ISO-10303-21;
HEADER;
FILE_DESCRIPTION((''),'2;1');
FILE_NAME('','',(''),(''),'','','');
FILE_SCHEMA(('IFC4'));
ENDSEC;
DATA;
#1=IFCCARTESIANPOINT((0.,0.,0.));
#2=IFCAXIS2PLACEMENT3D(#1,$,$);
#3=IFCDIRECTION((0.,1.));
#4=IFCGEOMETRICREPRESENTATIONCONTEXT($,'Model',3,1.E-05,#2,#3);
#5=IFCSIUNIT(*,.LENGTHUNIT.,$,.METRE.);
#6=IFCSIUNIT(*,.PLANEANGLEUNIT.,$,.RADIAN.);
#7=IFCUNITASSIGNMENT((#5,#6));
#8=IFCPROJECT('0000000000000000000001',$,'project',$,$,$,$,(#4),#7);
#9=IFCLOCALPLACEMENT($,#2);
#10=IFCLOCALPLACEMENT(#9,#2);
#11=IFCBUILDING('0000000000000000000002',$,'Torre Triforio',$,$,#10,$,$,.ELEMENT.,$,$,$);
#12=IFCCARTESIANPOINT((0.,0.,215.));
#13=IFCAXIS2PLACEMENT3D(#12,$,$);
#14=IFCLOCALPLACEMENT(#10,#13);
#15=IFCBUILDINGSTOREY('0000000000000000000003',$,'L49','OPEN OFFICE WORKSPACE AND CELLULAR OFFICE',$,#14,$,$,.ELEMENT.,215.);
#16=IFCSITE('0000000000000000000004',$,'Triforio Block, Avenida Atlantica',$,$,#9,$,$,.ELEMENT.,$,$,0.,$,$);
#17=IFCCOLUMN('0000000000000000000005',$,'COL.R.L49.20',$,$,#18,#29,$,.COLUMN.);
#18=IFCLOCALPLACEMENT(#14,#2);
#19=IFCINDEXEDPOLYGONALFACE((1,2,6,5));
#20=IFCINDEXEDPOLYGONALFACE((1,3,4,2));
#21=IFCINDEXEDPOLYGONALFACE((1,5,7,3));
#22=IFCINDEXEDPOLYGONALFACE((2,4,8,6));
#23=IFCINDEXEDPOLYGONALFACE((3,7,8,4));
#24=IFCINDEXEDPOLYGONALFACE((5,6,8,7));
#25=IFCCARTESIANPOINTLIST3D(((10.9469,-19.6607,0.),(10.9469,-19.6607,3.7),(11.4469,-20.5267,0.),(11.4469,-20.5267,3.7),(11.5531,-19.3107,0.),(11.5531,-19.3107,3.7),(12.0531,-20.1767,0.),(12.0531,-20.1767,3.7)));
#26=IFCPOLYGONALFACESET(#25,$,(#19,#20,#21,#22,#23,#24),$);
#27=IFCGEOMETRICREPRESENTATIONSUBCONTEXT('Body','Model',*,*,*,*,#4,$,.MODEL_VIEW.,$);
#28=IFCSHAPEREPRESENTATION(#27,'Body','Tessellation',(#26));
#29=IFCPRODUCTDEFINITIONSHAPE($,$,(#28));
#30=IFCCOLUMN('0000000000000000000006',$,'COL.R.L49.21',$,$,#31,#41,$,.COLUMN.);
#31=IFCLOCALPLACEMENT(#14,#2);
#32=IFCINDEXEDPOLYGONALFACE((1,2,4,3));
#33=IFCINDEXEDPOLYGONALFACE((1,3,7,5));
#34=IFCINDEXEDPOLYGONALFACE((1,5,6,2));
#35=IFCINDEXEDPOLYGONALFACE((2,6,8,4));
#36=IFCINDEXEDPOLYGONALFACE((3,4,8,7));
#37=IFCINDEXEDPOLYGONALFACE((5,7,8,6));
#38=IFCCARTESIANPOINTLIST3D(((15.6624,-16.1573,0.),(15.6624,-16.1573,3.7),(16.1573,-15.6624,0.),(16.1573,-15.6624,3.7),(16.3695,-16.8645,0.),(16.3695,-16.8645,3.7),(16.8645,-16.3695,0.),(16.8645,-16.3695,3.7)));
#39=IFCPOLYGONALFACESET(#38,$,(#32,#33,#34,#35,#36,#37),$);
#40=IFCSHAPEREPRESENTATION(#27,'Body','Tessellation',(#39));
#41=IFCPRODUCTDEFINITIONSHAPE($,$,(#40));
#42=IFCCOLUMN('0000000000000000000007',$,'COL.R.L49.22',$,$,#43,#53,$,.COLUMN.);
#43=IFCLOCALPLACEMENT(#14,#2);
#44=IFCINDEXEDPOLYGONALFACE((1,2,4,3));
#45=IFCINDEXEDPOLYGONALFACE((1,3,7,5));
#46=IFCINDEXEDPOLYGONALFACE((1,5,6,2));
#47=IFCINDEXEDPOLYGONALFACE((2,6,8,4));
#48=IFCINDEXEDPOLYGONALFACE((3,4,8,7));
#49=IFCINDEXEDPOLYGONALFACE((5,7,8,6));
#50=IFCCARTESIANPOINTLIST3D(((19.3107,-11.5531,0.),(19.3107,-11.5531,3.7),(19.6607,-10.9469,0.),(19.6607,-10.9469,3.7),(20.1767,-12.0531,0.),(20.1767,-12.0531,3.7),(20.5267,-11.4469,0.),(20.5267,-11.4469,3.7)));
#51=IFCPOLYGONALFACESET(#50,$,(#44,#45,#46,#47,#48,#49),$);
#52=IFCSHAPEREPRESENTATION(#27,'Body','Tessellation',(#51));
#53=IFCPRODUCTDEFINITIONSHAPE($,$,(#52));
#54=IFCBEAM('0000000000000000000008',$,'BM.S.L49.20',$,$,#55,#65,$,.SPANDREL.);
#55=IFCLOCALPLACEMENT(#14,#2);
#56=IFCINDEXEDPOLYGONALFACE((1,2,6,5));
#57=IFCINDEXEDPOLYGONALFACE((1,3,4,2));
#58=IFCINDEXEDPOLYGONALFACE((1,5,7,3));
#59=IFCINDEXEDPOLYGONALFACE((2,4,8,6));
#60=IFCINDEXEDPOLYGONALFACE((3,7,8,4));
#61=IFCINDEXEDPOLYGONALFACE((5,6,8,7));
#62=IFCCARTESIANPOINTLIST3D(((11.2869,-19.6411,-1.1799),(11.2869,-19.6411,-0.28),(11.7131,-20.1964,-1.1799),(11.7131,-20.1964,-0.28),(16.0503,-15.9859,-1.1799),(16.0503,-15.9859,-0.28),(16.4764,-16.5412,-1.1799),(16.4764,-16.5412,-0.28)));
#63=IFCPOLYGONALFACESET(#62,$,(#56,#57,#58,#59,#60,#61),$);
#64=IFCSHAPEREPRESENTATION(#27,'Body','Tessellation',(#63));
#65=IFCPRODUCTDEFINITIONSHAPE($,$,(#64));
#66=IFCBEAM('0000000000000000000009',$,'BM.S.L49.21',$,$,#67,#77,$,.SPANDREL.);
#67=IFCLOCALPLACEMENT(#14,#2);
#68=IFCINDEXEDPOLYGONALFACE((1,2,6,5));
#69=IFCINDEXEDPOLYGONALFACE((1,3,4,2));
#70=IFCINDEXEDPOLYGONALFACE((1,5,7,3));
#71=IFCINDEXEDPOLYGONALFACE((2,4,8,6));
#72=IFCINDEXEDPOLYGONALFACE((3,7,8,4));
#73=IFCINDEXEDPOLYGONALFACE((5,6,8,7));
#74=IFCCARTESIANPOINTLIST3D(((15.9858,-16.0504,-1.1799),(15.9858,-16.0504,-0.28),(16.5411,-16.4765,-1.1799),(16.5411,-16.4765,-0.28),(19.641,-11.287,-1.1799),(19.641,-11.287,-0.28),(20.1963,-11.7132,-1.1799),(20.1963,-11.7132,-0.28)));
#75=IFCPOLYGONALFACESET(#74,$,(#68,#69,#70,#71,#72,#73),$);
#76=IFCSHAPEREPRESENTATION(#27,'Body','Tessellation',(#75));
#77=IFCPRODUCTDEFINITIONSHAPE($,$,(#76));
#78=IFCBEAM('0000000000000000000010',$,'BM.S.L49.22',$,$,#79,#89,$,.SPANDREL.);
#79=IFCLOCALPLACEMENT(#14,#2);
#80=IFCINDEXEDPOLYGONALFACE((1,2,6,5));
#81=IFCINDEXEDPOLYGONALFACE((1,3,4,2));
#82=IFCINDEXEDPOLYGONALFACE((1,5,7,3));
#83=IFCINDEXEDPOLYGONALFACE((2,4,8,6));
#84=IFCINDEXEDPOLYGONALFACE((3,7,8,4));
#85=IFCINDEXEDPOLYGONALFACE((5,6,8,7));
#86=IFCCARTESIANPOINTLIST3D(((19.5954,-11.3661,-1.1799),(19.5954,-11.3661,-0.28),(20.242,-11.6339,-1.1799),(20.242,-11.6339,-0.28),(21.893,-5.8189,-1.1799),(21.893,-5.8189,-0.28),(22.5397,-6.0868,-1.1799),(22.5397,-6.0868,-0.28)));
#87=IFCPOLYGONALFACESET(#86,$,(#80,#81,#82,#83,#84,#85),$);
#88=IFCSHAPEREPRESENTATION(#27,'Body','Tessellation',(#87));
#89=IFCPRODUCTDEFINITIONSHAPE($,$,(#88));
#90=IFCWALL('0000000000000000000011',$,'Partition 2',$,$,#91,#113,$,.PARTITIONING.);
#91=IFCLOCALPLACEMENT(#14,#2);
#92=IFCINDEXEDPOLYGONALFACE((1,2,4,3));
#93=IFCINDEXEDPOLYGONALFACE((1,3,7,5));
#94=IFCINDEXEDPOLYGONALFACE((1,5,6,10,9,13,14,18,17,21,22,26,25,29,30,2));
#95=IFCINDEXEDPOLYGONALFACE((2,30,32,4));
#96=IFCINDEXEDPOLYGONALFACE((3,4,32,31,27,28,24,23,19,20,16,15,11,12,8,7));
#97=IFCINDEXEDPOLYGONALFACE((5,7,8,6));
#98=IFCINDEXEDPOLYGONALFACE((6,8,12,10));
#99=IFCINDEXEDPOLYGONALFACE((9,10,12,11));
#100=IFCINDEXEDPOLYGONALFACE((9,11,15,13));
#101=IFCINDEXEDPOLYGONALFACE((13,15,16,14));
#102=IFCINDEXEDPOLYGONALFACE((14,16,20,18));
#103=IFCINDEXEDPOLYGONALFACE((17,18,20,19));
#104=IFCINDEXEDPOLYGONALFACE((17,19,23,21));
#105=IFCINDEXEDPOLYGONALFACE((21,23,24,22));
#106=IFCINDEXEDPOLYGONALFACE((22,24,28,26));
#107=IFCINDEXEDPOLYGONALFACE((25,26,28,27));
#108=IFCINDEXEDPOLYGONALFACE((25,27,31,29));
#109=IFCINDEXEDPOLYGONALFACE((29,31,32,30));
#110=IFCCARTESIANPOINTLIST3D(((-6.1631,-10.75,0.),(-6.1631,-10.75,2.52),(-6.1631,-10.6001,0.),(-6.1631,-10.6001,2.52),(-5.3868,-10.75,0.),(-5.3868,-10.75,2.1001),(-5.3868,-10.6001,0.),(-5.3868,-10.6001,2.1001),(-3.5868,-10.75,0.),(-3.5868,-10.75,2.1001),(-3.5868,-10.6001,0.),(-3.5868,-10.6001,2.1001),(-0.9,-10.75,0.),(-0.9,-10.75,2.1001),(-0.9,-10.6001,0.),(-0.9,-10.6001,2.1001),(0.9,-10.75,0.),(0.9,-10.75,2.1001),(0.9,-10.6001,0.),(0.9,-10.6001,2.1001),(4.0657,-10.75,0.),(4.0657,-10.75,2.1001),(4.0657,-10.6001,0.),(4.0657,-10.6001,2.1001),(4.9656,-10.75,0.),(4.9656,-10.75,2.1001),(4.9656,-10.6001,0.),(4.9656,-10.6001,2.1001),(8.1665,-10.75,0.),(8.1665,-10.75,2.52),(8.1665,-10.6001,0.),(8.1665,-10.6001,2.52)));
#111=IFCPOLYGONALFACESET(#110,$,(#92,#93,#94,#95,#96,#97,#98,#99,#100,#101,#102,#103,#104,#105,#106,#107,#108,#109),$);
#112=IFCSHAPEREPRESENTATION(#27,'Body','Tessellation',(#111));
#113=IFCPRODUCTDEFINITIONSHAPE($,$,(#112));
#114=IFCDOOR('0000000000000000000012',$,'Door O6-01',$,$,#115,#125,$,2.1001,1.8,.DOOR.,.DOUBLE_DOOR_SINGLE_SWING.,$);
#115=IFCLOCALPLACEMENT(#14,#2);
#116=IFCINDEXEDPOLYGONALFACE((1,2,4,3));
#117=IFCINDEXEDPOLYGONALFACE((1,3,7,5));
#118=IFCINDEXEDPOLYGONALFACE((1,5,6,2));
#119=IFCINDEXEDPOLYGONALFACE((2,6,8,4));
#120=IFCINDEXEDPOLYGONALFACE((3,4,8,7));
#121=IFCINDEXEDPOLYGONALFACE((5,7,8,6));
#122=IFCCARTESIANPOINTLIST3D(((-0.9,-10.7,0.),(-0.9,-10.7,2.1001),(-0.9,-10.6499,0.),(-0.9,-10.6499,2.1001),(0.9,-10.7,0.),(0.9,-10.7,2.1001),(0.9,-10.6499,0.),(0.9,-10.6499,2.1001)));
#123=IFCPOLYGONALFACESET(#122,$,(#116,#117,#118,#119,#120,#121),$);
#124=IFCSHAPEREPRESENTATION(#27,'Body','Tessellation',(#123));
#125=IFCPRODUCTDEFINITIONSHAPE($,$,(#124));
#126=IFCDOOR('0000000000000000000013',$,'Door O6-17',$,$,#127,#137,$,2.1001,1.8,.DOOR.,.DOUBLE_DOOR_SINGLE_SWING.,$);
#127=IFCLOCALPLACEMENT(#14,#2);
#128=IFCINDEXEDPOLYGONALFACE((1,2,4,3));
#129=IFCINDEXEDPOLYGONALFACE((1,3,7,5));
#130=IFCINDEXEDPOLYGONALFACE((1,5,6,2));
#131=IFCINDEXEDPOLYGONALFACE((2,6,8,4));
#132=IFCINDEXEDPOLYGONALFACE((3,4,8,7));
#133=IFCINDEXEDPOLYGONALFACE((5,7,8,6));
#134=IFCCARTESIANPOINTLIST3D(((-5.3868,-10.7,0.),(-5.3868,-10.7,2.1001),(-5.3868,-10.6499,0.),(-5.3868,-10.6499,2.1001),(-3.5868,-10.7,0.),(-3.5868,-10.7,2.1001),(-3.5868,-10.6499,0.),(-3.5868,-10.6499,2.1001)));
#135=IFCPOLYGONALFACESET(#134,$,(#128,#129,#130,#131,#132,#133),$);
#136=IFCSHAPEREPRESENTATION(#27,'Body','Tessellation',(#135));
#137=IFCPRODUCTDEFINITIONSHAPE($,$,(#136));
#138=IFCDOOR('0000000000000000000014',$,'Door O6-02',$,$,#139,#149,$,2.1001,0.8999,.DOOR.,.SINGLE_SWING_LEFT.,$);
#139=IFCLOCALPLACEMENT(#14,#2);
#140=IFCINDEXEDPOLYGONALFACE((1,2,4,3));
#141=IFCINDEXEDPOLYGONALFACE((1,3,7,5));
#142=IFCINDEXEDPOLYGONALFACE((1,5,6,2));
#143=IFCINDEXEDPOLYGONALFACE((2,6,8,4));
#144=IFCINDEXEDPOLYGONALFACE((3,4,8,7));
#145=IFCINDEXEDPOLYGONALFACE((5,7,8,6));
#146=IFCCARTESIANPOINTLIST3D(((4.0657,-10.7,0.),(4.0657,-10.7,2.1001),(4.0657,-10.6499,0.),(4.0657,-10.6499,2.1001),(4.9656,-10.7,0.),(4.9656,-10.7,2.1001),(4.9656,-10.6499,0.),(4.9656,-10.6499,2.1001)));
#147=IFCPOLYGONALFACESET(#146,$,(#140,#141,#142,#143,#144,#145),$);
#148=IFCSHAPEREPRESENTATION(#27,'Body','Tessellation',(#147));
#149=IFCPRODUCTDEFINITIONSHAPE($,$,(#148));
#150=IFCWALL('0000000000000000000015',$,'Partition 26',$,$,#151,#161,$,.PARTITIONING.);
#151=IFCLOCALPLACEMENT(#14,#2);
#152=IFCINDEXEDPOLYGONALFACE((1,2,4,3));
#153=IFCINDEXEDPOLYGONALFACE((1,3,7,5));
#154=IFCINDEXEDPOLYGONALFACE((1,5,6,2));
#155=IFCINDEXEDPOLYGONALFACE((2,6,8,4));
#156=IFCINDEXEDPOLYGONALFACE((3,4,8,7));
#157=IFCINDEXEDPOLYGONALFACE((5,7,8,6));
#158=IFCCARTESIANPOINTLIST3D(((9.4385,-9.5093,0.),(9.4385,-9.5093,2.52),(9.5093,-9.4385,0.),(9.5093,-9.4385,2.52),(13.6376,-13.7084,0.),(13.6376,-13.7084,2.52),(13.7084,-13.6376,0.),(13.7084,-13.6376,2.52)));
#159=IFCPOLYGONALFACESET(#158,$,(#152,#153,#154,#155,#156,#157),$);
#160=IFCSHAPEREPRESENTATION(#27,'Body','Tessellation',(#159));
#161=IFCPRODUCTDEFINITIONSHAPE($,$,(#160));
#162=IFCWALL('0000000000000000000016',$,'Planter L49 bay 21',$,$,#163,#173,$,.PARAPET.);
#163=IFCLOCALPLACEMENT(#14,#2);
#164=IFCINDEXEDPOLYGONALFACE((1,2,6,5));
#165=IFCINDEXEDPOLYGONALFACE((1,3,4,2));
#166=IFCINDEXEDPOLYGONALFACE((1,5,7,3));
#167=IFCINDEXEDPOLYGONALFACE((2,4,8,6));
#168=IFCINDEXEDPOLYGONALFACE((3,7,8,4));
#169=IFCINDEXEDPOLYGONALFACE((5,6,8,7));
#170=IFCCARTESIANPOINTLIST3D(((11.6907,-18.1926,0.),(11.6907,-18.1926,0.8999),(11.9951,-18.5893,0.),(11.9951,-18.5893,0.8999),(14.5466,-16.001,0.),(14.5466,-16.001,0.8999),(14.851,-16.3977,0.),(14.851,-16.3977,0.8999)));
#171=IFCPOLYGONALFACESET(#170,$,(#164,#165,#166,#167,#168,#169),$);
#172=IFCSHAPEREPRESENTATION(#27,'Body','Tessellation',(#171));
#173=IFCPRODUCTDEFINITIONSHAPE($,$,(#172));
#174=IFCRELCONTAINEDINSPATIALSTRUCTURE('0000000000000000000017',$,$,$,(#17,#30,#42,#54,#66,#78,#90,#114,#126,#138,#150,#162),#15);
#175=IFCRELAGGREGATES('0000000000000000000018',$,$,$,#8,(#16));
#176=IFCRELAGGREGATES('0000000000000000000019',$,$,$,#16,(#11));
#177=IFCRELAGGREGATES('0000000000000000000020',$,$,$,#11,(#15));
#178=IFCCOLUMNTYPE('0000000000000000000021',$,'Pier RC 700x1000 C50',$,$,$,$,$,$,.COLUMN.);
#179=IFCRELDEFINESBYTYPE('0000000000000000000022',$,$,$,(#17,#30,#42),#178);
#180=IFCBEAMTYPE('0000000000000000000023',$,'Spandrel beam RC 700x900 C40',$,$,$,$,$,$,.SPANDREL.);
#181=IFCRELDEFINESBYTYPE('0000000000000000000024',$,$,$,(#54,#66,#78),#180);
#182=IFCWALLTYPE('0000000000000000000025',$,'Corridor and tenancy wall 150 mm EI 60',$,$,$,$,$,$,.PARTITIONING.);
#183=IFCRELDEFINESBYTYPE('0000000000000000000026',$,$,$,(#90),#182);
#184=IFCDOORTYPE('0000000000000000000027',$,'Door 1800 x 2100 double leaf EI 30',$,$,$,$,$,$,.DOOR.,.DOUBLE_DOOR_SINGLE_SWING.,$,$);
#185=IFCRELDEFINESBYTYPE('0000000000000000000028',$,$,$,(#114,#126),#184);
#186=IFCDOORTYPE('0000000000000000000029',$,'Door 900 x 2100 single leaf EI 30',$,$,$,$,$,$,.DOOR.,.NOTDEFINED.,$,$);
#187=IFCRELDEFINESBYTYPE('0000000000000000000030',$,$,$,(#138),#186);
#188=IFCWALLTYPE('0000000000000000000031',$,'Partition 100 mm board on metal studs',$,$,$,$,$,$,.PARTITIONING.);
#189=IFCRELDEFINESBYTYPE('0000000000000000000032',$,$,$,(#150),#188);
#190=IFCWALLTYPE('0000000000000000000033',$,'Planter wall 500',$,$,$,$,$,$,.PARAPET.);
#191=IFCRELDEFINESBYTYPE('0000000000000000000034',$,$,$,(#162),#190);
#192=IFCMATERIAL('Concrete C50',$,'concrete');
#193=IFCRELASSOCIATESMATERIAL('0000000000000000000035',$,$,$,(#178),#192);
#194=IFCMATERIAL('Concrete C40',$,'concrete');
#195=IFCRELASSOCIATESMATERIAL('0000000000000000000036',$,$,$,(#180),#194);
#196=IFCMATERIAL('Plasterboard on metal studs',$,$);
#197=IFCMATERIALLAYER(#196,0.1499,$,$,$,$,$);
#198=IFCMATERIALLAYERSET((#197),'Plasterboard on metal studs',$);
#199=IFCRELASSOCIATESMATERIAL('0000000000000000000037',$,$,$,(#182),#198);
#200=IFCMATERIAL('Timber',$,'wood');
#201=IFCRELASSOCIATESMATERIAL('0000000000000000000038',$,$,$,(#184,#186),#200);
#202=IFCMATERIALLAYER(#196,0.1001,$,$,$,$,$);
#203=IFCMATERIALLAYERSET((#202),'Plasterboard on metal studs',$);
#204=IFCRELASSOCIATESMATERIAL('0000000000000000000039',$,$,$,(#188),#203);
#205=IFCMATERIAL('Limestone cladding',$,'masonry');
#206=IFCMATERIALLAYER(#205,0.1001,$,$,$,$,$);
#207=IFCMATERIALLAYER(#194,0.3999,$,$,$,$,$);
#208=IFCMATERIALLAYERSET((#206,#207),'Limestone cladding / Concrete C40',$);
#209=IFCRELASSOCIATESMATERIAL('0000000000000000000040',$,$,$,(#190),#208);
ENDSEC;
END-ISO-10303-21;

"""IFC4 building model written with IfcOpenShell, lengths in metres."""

from ifc_helpers import new_model, si_unit, direction, frame, frame_2d, origin, origin_2d, place, context, subcontext, project, spatial, rectangle, extrude, material, layer, layer_set, material_profile, profile_set, type_object, element, fill, save


model = new_model("IFC4")

# Units and contexts
model_context = context("Model", 3, precision=1e-05, world=origin(), true_north=direction((0.0, 1.0)))
body_context = subcontext(model_context, "Body", "Model", "MODEL_VIEW")
ifc_project = project(units=[si_unit("LENGTHUNIT", "METRE"), si_unit("PLANEANGLEUNIT", "RADIAN")], contexts=[model_context])

# Site, building, storey
site_placement = place(None, origin())
site = spatial("IfcSite", under=ifc_project, at=site_placement, Name="Triforio Block, Avenida Atlantica", CompositionType="ELEMENT", RefElevation=0.0)
building_placement = place(site_placement, origin())
building = spatial("IfcBuilding", under=site, at=building_placement, Name="Torre Triforio", CompositionType="ELEMENT")
storey_placement = place(building_placement, frame((0.0, 0.0, 215.0)))
storey = spatial("IfcBuildingStorey", under=building, at=storey_placement, Name="L49", Description="OPEN OFFICE WORKSPACE AND CELLULAR OFFICE", CompositionType="ELEMENT", Elevation=215.0)

# Columns
ifc_material_1 = material(Name="Concrete C50", Category="concrete")
ifc_material_profile_1 = material_profile(ifc_material_1, rectangle(XDim=0.7, YDim=1.0, at=origin_2d()), Name="RC 700x1000")
ifc_profile_set_1 = profile_set([ifc_material_profile_1], Name="Concrete C50")
column_type = type_object("IfcColumnType", Name="Pier RC 700x1000 C50", PredefinedType="COLUMN", material=ifc_profile_set_1)
for number, where, z_axis, x_axis, name in (
    (1, (11.5, -19.9187, 0.0), (0.0, 0.0, 1.0), (0.866025, 0.5, 0.0), "COL.R.L49.20"),
    (2, (16.2634, -16.2634, 0.0), (0.0, 0.0, 1.0), (0.707107, 0.707107, 0.0), "COL.R.L49.21"),
    (3, (19.9187, -11.5, 0.0), (0.0, 0.0, 1.0), (0.5, 0.866025, 0.0), "COL.R.L49.22"),
):
    element("IfcColumn", number, at=place(storey_placement, frame(where, z_axis=z_axis, x_axis=x_axis)), inside=storey, type_object=column_type, Name=name, PredefinedType="COLUMN", context=body_context, shape_type="SweptSolid", body=[
        extrude(rectangle(XDim=0.7, YDim=1.0, at=origin_2d()), origin(), (0.0, 0.0, 1.0), 3.7),
    ])

# Beams
ifc_material_2 = material(Name="Concrete C40", Category="concrete")
ifc_material_profile_2 = material_profile(ifc_material_2, rectangle(XDim=0.7, YDim=0.8999, at=origin_2d()), Name="RC 700x900")
ifc_profile_set_2 = profile_set([ifc_material_profile_2], Name="Concrete C40")
beam_type = type_object("IfcBeamType", Name="Spandrel beam RC 700x900 C40", PredefinedType="SPANDREL", material=ifc_profile_set_2)
for number, where, z_axis, x_axis, name in (
    (4, (11.5, -19.9187, -0.73), (0.79334, 0.608779, 0.0), (-0.608779, 0.79334, 0.0), "BM.S.L49.20"),
    (5, (16.2634, -16.2634, -0.73), (0.608779, 0.79334, 0.0), (-0.79334, 0.608779, 0.0), "BM.S.L49.21"),
    (6, (19.9187, -11.5, -0.73), (0.382671, 0.923885, 0.0), (-0.923885, 0.382671, 0.0), "BM.S.L49.22"),
):
    element("IfcBeam", number, at=place(storey_placement, frame(where, z_axis=z_axis, x_axis=x_axis)), inside=storey, type_object=beam_type, Name=name, PredefinedType="SPANDREL", context=body_context, shape_type="SweptSolid", body=[
        extrude(rectangle(XDim=0.7, YDim=0.8999, at=origin_2d()), origin(), (0.0, 0.0, 1.0), 6.0042),
    ])

# Wall, openings, doors
ifc_material_3 = material(Name="Plasterboard on metal studs")
ifc_layer_1 = layer(ifc_material_3, 0.1499)
ifc_layer_set_1 = layer_set([ifc_layer_1], Name="Plasterboard on metal studs")
wall_type_1 = type_object("IfcWallType", Name="Corridor and tenancy wall 150 mm EI 60", PredefinedType="PARTITIONING", material=ifc_layer_set_1)
wall_1_placement = place(storey_placement, frame((8.1665, -10.675, 0.0), z_axis=(0.0, 0.0, 1.0), x_axis=(-1.0, 0.0, 0.0)))
wall_1 = element("IfcWall", 7, at=wall_1_placement, inside=storey, type_object=wall_type_1, Name="Partition 2", PredefinedType="PARTITIONING", context=body_context, shape_type="SweptSolid", body=[
    extrude(rectangle(XDim=14.3296, YDim=0.1499, at=frame_2d((7.1648, 0.0))), origin(), (0.0, 0.0, 1.0), 2.52),
])
opening_1_placement = place(wall_1_placement, frame((7.2666, 0.0, 0.0)))
opening_1 = element("IfcOpeningElement", 8, at=opening_1_placement, cuts=wall_1, PredefinedType="OPENING", context=body_context, shape_type="SweptSolid", body=[
    extrude(rectangle(XDim=1.8, YDim=2.1001, at=frame_2d((0.8999, 1.05))), frame((0.0, 0.085, 0.0), z_axis=(0.0, -1.0, 0.0), x_axis=(1.0, 0.0, 0.0)), (0.0, 0.0, 1.0), 0.1699),
])
opening_2_placement = place(wall_1_placement, frame((3.2009, 0.0, 0.0)))
opening_2 = element("IfcOpeningElement", 9, at=opening_2_placement, cuts=wall_1, PredefinedType="OPENING", context=body_context, shape_type="SweptSolid", body=[
    extrude(rectangle(XDim=0.8999, YDim=2.1001, at=frame_2d((0.45, 1.05))), frame((0.0, 0.085, 0.0), z_axis=(0.0, -1.0, 0.0), x_axis=(1.0, 0.0, 0.0)), (0.0, 0.0, 1.0), 0.1699),
])
opening_3_placement = place(wall_1_placement, frame((11.7534, 0.0, 0.0)))
opening_3 = element("IfcOpeningElement", 10, at=opening_3_placement, cuts=wall_1, PredefinedType="OPENING", context=body_context, shape_type="SweptSolid", body=[
    extrude(rectangle(XDim=1.8, YDim=2.1001, at=frame_2d((0.8999, 1.05))), frame((0.0, 0.085, 0.0), z_axis=(0.0, -1.0, 0.0), x_axis=(1.0, 0.0, 0.0)), (0.0, 0.0, 1.0), 0.1699),
])
ifc_material_4 = material(Name="Timber", Category="wood")
door_type_1 = type_object("IfcDoorType", Name="Door 1800 x 2100 double leaf EI 30", OperationType="DOUBLE_DOOR_SINGLE_SWING", PredefinedType="DOOR", material=ifc_material_4)
door_1_placement = place(opening_1_placement, origin())
door_1 = element("IfcDoor", 11, at=door_1_placement, inside=storey, type_object=door_type_1, Name="Door O6-01", OperationType="DOUBLE_DOOR_SINGLE_SWING", OverallHeight=2.1001, OverallWidth=1.8, PredefinedType="DOOR", context=body_context, shape_type="SweptSolid", body=[
    extrude(rectangle(XDim=1.8, YDim=2.1001, at=frame_2d((0.8999, 1.05))), frame((0.0, 0.0249, 0.0), z_axis=(0.0, -1.0, 0.0), x_axis=(1.0, 0.0, 0.0)), (0.0, 0.0, 1.0), 0.05),
])
fill(opening_1, door_1)
door_2_placement = place(opening_3_placement, origin())
door_2 = element("IfcDoor", 12, at=door_2_placement, inside=storey, type_object=door_type_1, Name="Door O6-17", OperationType="DOUBLE_DOOR_SINGLE_SWING", OverallHeight=2.1001, OverallWidth=1.8, PredefinedType="DOOR", context=body_context, shape_type="SweptSolid", body=[
    extrude(rectangle(XDim=1.8, YDim=2.1001, at=frame_2d((0.8999, 1.05))), frame((0.0, 0.0249, 0.0), z_axis=(0.0, -1.0, 0.0), x_axis=(1.0, 0.0, 0.0)), (0.0, 0.0, 1.0), 0.05),
])
fill(opening_3, door_2)
door_type_2 = type_object("IfcDoorType", Name="Door 900 x 2100 single leaf EI 30", OperationType="NOTDEFINED", PredefinedType="DOOR", material=ifc_material_4)
door_3_placement = place(opening_2_placement, origin())
door_3 = element("IfcDoor", 13, at=door_3_placement, inside=storey, type_object=door_type_2, Name="Door O6-02", OperationType="SINGLE_SWING_LEFT", OverallHeight=2.1001, OverallWidth=0.8999, PredefinedType="DOOR", context=body_context, shape_type="SweptSolid", body=[
    extrude(rectangle(XDim=0.8999, YDim=2.1001, at=frame_2d((0.45, 1.05))), frame((0.0, 0.0249, 0.0), z_axis=(0.0, -1.0, 0.0), x_axis=(1.0, 0.0, 0.0)), (0.0, 0.0, 1.0), 0.05),
])
fill(opening_2, door_3)

# Walls
ifc_layer_2 = layer(ifc_material_3, 0.1001)
ifc_layer_set_2 = layer_set([ifc_layer_2], Name="Plasterboard on metal studs")
wall_type_2 = type_object("IfcWallType", Name="Partition 100 mm board on metal studs", PredefinedType="PARTITIONING", material=ifc_layer_set_2)
wall_2_placement = place(storey_placement, frame((9.4739, -9.4739, 0.0), z_axis=(0.0, 0.0, 1.0), x_axis=(0.707107, -0.707107, 0.0)))
element("IfcWall", 14, at=wall_2_placement, inside=storey, type_object=wall_type_2, Name="Partition 26", PredefinedType="PARTITIONING", context=body_context, shape_type="SweptSolid", body=[
    extrude(rectangle(XDim=5.9385, YDim=0.1001, at=frame_2d((2.9692, 0.0))), origin(), (0.0, 0.0, 1.0), 2.52),
])
ifc_material_5 = material(Name="Limestone cladding", Category="masonry")
ifc_layer_3 = layer(ifc_material_5, 0.1001)
ifc_layer_4 = layer(ifc_material_2, 0.3999)
ifc_layer_set_3 = layer_set([ifc_layer_3, ifc_layer_4], Name="Limestone cladding / Concrete C40")
wall_type_3 = type_object("IfcWallType", Name="Planter wall 500", PredefinedType="PARAPET", material=ifc_layer_set_3)
wall_3_placement = place(storey_placement, frame((11.843, -18.3909, 0.0), z_axis=(0.0, 0.0, 1.0), x_axis=(0.793327, 0.608796, 0.0)))
element("IfcWall", 15, at=wall_3_placement, inside=storey, type_object=wall_type_3, Name="Planter L49 bay 21", PredefinedType="PARAPET", context=body_context, shape_type="SweptSolid", body=[
    extrude(rectangle(XDim=3.5999, YDim=0.5, at=frame_2d((1.7998, 0.0))), origin(), (0.0, 0.0, 1.0), 0.8999),
])

save(model, "model.ifc")
